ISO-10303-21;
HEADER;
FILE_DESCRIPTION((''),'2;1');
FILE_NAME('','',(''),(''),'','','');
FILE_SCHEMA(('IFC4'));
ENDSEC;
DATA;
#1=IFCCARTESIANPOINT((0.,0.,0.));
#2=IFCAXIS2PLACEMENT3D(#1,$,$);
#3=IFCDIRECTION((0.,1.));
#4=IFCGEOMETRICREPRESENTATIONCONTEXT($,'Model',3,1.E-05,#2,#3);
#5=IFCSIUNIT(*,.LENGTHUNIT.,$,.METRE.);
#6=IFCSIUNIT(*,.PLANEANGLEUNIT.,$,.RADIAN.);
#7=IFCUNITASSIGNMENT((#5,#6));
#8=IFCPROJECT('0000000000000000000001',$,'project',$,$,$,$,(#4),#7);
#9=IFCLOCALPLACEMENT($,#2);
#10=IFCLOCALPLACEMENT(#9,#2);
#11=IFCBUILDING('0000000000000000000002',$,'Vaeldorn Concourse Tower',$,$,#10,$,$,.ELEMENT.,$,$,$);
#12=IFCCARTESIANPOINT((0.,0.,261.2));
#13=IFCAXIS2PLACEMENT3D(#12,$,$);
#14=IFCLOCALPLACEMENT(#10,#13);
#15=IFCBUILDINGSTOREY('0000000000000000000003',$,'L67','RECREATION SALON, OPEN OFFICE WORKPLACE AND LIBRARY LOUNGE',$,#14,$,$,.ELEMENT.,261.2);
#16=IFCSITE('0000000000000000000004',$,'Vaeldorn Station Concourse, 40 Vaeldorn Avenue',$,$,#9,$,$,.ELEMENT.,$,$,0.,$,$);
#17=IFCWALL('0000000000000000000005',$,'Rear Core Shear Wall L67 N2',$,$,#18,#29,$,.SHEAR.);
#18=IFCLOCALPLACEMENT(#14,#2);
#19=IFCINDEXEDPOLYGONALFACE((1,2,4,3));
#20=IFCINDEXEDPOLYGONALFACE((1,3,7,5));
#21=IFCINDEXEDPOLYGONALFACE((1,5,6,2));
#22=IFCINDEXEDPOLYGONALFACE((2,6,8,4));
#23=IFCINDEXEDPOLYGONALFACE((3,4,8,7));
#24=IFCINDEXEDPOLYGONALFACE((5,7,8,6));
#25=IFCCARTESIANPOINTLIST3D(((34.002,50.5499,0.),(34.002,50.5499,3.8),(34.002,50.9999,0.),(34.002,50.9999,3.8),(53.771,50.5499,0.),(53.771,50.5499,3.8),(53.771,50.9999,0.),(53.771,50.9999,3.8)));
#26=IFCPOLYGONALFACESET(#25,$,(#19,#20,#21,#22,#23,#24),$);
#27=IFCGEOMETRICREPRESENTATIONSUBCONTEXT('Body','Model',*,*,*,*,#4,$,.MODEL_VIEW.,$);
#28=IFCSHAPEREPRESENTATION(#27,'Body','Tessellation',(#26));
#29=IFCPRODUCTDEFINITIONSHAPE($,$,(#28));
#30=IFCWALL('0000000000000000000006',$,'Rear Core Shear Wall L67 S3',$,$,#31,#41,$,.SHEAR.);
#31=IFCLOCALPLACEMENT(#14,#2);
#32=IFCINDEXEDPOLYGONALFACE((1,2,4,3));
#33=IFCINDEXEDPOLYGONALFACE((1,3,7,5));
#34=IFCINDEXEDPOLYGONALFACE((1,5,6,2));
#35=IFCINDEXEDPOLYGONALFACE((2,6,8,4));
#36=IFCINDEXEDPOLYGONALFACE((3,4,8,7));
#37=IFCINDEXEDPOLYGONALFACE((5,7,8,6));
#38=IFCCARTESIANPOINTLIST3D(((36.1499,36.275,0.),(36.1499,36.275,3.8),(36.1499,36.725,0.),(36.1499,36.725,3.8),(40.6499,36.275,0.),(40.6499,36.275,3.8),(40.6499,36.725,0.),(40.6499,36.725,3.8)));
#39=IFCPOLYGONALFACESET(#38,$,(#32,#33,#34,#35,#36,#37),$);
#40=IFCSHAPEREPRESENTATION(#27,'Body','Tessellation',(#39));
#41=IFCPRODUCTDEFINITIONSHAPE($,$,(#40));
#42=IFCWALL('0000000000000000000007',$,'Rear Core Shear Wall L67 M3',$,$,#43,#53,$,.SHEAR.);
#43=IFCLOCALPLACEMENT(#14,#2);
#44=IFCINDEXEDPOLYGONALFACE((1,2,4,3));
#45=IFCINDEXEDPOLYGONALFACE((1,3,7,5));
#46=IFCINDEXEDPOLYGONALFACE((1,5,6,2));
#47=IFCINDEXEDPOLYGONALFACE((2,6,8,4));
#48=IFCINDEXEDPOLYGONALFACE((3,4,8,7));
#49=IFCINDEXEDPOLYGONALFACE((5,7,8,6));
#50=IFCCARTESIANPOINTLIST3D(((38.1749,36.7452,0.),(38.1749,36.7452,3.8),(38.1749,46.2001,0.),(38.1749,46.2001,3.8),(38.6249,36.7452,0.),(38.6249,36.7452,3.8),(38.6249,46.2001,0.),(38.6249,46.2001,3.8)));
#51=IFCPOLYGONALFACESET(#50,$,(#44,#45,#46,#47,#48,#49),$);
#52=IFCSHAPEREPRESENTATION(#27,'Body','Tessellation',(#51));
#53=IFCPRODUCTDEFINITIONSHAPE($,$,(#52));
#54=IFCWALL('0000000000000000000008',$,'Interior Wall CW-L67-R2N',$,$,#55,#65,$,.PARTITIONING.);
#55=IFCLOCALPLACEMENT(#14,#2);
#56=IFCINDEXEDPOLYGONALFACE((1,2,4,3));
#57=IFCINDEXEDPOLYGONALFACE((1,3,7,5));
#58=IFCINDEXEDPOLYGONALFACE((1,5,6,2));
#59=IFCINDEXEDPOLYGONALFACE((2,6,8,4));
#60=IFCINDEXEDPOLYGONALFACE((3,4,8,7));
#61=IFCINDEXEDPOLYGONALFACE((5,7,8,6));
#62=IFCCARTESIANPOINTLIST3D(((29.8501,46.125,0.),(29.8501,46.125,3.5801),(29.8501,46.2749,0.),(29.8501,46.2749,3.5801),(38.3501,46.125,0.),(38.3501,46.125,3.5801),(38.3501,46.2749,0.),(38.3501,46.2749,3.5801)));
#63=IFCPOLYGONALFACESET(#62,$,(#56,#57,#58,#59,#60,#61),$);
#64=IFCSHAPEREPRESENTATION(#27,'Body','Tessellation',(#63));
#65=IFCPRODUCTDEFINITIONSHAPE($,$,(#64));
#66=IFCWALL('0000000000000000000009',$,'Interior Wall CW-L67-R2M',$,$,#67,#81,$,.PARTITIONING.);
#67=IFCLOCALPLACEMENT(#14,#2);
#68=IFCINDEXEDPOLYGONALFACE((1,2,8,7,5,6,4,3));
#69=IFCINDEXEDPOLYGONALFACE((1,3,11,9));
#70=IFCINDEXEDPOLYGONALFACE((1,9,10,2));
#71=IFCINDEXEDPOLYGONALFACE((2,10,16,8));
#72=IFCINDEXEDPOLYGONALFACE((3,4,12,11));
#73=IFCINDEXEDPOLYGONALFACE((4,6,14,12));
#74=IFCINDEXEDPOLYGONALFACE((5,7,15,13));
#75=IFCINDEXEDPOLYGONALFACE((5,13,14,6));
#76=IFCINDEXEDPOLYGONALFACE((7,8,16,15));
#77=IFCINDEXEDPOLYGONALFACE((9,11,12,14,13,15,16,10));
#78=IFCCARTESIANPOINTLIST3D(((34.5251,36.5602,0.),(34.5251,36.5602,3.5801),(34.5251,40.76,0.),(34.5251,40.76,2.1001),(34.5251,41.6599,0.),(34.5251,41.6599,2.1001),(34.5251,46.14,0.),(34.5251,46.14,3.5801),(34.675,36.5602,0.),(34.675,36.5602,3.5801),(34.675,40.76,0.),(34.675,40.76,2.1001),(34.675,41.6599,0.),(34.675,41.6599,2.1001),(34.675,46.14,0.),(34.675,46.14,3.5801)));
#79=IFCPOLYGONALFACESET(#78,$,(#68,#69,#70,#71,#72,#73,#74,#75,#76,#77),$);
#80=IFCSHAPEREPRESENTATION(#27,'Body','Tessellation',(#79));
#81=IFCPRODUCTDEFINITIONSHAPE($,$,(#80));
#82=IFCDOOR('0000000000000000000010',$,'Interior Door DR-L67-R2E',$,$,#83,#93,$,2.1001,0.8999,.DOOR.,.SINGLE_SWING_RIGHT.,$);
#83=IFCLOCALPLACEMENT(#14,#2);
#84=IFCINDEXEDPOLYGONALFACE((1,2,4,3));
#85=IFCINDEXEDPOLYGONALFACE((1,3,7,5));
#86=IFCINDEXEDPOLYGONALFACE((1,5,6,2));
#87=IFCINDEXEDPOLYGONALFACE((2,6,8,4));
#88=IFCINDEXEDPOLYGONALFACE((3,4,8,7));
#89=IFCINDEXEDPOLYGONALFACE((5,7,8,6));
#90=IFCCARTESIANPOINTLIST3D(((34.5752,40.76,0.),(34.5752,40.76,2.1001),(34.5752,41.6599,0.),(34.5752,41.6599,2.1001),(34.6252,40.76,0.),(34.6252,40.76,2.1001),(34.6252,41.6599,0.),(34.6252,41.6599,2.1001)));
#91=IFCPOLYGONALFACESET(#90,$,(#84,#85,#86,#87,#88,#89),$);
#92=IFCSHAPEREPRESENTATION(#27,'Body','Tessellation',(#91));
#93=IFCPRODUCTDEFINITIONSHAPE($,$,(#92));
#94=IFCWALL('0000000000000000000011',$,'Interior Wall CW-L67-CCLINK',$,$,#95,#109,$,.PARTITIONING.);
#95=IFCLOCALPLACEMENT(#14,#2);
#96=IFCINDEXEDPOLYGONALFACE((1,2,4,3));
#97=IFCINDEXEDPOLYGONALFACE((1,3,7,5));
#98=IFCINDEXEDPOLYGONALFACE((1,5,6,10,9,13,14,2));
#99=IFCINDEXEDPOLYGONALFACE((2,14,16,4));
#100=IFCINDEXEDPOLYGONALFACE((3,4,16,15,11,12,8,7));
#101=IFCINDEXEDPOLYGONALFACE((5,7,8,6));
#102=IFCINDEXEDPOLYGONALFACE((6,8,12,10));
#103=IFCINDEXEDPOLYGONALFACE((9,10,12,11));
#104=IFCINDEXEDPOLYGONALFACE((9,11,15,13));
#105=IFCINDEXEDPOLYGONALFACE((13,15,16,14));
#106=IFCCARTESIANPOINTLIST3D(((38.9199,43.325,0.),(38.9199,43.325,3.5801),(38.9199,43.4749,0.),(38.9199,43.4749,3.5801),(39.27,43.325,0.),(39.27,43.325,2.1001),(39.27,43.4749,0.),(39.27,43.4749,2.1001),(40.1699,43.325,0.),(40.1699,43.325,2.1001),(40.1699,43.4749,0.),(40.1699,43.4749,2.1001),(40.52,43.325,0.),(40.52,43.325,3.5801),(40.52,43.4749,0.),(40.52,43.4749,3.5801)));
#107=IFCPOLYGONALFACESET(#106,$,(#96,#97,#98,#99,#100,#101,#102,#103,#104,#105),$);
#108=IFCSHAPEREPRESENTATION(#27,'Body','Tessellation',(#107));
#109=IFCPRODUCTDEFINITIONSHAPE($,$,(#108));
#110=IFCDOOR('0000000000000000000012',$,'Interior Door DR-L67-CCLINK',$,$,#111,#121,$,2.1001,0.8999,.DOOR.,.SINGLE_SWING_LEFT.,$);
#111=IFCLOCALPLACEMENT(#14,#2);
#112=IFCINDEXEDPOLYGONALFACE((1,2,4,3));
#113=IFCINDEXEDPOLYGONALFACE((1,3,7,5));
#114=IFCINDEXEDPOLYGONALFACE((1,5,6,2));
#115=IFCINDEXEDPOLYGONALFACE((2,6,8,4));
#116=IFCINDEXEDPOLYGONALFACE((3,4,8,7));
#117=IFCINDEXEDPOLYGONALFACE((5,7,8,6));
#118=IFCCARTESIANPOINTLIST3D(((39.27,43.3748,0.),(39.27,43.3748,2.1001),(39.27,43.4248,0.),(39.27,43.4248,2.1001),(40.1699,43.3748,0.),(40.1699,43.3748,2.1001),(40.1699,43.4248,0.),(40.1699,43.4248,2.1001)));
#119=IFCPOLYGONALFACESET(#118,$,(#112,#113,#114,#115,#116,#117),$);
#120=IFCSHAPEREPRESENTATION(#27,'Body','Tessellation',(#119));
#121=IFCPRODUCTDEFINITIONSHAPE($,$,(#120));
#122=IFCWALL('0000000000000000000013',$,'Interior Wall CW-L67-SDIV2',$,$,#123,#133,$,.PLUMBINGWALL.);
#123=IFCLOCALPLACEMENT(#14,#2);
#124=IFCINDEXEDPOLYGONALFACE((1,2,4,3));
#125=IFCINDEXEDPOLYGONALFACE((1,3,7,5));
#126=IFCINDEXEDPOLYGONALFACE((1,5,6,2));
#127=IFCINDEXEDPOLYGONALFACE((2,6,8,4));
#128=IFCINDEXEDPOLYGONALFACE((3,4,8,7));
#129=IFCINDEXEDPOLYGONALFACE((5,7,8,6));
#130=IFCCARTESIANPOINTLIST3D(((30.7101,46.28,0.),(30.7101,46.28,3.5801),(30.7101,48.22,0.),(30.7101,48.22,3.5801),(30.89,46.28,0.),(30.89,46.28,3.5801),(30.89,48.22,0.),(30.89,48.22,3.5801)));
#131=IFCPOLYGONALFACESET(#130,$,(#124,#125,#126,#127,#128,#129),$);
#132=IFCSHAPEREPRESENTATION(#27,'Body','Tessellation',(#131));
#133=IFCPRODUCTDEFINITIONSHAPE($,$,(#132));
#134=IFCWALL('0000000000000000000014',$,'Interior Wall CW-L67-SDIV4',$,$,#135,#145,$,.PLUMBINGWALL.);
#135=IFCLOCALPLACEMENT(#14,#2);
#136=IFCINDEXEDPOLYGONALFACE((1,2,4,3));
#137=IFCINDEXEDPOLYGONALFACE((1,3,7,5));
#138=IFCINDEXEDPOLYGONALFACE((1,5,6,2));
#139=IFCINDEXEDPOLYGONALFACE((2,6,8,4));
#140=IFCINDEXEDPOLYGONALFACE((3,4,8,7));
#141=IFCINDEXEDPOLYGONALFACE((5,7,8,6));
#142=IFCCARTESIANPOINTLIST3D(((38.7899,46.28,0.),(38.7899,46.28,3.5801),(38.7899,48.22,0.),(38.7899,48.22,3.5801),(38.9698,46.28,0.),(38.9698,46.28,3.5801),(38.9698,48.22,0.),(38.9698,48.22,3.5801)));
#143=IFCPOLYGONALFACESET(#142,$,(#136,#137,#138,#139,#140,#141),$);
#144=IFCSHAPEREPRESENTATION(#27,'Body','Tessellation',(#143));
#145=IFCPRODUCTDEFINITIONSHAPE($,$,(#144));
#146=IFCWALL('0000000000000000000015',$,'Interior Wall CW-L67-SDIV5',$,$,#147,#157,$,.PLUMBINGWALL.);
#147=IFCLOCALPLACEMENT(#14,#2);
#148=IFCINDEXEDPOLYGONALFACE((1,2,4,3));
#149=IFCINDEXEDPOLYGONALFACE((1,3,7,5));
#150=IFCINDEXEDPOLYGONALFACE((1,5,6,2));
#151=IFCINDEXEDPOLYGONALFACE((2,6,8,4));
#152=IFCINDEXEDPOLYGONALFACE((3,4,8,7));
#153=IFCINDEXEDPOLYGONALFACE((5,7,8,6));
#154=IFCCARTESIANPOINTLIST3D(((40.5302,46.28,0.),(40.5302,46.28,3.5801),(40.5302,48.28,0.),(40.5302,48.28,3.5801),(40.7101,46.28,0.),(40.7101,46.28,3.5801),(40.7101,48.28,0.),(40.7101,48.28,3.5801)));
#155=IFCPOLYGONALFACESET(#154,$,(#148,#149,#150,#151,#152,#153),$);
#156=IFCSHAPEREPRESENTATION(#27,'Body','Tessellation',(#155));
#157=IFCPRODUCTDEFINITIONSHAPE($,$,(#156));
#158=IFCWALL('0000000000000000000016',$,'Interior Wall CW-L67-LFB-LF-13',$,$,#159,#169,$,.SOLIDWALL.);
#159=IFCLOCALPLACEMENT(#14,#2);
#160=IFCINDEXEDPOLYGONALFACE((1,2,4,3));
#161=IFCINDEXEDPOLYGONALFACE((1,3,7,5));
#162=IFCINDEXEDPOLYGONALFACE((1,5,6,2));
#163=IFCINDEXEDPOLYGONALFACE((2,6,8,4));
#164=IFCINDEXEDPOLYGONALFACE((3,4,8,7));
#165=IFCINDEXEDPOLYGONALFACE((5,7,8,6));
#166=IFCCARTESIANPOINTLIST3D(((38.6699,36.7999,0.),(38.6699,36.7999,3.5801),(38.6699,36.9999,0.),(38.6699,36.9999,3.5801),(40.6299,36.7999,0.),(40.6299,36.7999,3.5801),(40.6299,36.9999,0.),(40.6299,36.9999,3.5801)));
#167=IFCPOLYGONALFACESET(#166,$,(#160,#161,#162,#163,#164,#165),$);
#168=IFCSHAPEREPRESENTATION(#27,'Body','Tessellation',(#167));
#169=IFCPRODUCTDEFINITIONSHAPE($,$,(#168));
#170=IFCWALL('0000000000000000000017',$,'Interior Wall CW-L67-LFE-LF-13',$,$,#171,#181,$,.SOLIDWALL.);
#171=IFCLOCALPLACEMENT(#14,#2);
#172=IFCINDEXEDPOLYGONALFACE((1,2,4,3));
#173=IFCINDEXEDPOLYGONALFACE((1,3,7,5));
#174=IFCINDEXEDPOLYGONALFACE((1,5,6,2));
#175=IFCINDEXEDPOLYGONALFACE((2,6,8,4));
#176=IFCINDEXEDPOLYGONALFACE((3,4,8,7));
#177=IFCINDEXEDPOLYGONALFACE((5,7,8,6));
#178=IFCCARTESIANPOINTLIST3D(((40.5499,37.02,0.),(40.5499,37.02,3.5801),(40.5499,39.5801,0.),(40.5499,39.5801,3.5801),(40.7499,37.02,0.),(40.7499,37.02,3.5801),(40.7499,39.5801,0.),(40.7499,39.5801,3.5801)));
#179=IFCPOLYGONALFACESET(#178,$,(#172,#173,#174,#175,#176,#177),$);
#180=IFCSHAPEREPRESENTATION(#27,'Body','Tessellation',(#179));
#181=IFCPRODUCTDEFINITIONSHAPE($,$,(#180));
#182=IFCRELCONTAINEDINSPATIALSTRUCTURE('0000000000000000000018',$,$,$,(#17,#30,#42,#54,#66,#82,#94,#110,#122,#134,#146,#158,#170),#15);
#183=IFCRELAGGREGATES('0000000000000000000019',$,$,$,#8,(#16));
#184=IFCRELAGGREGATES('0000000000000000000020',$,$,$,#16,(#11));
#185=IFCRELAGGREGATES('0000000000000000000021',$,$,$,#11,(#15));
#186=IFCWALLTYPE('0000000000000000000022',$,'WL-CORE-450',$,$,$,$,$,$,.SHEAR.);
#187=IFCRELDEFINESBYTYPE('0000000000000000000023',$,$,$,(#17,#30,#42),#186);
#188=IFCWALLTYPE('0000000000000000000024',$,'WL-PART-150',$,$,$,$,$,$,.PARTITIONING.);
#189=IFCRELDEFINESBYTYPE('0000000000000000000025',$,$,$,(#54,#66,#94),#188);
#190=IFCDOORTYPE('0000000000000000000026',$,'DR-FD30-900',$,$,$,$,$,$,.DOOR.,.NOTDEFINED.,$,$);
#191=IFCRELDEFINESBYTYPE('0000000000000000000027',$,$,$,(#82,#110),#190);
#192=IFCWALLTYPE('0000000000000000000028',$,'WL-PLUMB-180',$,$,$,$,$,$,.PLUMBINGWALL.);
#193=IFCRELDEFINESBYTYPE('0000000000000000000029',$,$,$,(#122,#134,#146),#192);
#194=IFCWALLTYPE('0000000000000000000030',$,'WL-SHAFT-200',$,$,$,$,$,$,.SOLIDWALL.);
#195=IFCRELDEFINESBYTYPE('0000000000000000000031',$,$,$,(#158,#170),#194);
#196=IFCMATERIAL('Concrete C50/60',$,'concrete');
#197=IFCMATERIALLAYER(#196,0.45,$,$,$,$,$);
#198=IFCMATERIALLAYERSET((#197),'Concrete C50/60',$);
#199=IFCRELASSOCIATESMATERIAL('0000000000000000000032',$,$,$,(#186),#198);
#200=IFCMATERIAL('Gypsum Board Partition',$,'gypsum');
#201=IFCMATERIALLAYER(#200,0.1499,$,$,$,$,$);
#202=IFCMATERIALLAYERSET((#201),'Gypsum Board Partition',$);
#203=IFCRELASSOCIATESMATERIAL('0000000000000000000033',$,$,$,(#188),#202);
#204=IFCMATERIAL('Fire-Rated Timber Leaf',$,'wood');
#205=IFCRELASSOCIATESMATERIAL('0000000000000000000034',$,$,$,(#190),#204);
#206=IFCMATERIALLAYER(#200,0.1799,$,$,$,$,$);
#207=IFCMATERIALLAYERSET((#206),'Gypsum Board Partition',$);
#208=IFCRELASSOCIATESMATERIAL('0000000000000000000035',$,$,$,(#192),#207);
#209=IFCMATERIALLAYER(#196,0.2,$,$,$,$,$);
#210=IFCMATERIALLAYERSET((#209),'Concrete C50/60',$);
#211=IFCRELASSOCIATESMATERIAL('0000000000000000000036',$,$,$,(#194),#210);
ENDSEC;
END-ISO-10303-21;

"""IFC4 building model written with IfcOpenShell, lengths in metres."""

from ifc_helpers import new_model, si_unit, direction, frame, frame_2d, origin, place, context, subcontext, project, spatial, rectangle, extrude, source, transform, mapped, material, layer, layer_set, type_object, element, fill, save


model = new_model("IFC4")

# Units and contexts
model_context = context("Model", 3, precision=1e-05, world=origin(), true_north=direction((0.0, 1.0)))
body_context = subcontext(model_context, "Body", "Model", "MODEL_VIEW")
ifc_project = project(units=[si_unit("LENGTHUNIT", "METRE"), si_unit("PLANEANGLEUNIT", "RADIAN")], contexts=[model_context])

# Site, building, storey
site_placement = place(None, origin())
site = spatial("IfcSite", under=ifc_project, at=site_placement, Name="Vaeldorn Station Concourse, 40 Vaeldorn Avenue", CompositionType="ELEMENT", RefElevation=0.0)
building_placement = place(site_placement, origin())
building = spatial("IfcBuilding", under=site, at=building_placement, Name="Vaeldorn Concourse Tower", CompositionType="ELEMENT")
storey_placement = place(building_placement, frame((0.0, 0.0, 261.2)))
storey = spatial("IfcBuildingStorey", under=building, at=storey_placement, Name="L67", Description="RECREATION SALON, OPEN OFFICE WORKPLACE AND LIBRARY LOUNGE", CompositionType="ELEMENT", Elevation=261.2)

# Walls
ifc_material_1 = material(Name="Concrete C50/60", Category="concrete")
ifc_layer_1 = layer(ifc_material_1, 0.45)
ifc_layer_set_1 = layer_set([ifc_layer_1], Name="Concrete C50/60")
wall_type_1 = type_object("IfcWallType", Name="WL-CORE-450", PredefinedType="SHEAR", material=ifc_layer_set_1)
wall_1_placement = place(storey_placement, frame((34.002, 50.7749, 0.0), z_axis=(0.0, 0.0, 1.0), x_axis=(1.0, 0.0, 0.0)))
element("IfcWall", 1, at=wall_1_placement, inside=storey, type_object=wall_type_1, Name="Rear Core Shear Wall L67 N2", PredefinedType="SHEAR", context=body_context, shape_type="SweptSolid", body=[
    extrude(rectangle(XDim=19.769, YDim=0.45, at=frame_2d((9.8845, 0.0))), origin(), (0.0, 0.0, 1.0), 3.8),
])
wall_2_placement = place(storey_placement, frame((36.1499, 36.5, 0.0), z_axis=(0.0, 0.0, 1.0), x_axis=(1.0, 0.0, 0.0)))
element("IfcWall", 2, at=wall_2_placement, inside=storey, type_object=wall_type_1, Name="Rear Core Shear Wall L67 S3", PredefinedType="SHEAR", context=body_context, shape_type="SweptSolid", body=[
    extrude(rectangle(XDim=4.5, YDim=0.45, at=frame_2d((2.25, 0.0))), origin(), (0.0, 0.0, 1.0), 3.8),
])
wall_3_placement = place(storey_placement, frame((38.3999, 36.7451, 0.0), z_axis=(0.0, 0.0, 1.0), x_axis=(0.0, 1.0, 0.0)))
element("IfcWall", 3, at=wall_3_placement, inside=storey, type_object=wall_type_1, Name="Rear Core Shear Wall L67 M3", PredefinedType="SHEAR", context=body_context, shape_type="SweptSolid", body=[
    extrude(rectangle(XDim=9.4548, YDim=0.45, at=frame_2d((4.7275, 0.0))), origin(), (0.0, 0.0, 1.0), 3.8),
])
ifc_material_2 = material(Name="Gypsum Board Partition", Category="gypsum")
ifc_layer_2 = layer(ifc_material_2, 0.1499)
ifc_layer_set_2 = layer_set([ifc_layer_2], Name="Gypsum Board Partition")
wall_type_2 = type_object("IfcWallType", Name="WL-PART-150", PredefinedType="PARTITIONING", material=ifc_layer_set_2)
wall_4_placement = place(storey_placement, frame((29.8501, 46.2, 0.0), z_axis=(0.0, 0.0, 1.0), x_axis=(1.0, 0.0, 0.0)))
element("IfcWall", 4, at=wall_4_placement, inside=storey, type_object=wall_type_2, Name="Interior Wall CW-L67-R2N", PredefinedType="PARTITIONING", context=body_context, shape_type="SweptSolid", body=[
    extrude(rectangle(XDim=8.5, YDim=0.1499, at=frame_2d((4.25, 0.0))), origin(), (0.0, 0.0, 1.0), 3.5801),
])

# Walls, openings, doors
wall_5_placement = place(storey_placement, frame((34.6001, 36.5601, 0.0), z_axis=(0.0, 0.0, 1.0), x_axis=(0.0, 1.0, 0.0)))
wall_5 = element("IfcWall", 5, at=wall_5_placement, inside=storey, type_object=wall_type_2, Name="Interior Wall CW-L67-R2M", PredefinedType="PARTITIONING", context=body_context, shape_type="SweptSolid", body=[
    extrude(rectangle(XDim=9.5798, YDim=0.1499, at=frame_2d((4.79, 0.0))), origin(), (0.0, 0.0, 1.0), 3.5801),
])
opening_1_placement = place(wall_5_placement, frame((4.2, 0.0, 0.0)))
opening_1 = element("IfcOpeningElement", 6, at=opening_1_placement, cuts=wall_5, PredefinedType="OPENING", context=body_context, shape_type="SweptSolid", body=[
    extrude(rectangle(XDim=0.8999, YDim=2.1001, at=frame_2d((0.45, 1.05))), frame((0.0, 0.085, 0.0), z_axis=(0.0, -1.0, 0.0), x_axis=(1.0, 0.0, 0.0)), (0.0, 0.0, 1.0), 0.1699),
])
ifc_material_3 = material(Name="Fire-Rated Timber Leaf", Category="wood")
door_type_1 = type_object("IfcDoorType", Name="DR-FD30-900", OperationType="NOTDEFINED", PredefinedType="DOOR", material=ifc_material_3)
shared_shape_1 = source(origin(), body_context, "Body", "SweptSolid", [
    extrude(rectangle(XDim=0.8999, YDim=2.1001, at=frame_2d((0.45, 1.05))), frame((0.0, 0.0249, 0.0), z_axis=(0.0, -1.0, 0.0), x_axis=(1.0, 0.0, 0.0)), (0.0, 0.0, 1.0), 0.05),
])
door_1_placement = place(opening_1_placement, origin())
door_1 = element("IfcDoor", 7, at=door_1_placement, inside=storey, type_object=door_type_1, Name="Interior Door DR-L67-R2E", OperationType="SINGLE_SWING_RIGHT", OverallHeight=2.1001, OverallWidth=0.8999, PredefinedType="DOOR", context=body_context, shape_type="MappedRepresentation", body=[
    mapped(shared_shape_1, transform((0.0, 0.0, 0.0), scale=1.0)),
])
fill(opening_1, door_1)
wall_6_placement = place(storey_placement, frame((38.9199, 43.3999, 0.0), z_axis=(0.0, 0.0, 1.0), x_axis=(1.0, 0.0, 0.0)))
wall_6 = element("IfcWall", 8, at=wall_6_placement, inside=storey, type_object=wall_type_2, Name="Interior Wall CW-L67-CCLINK", PredefinedType="PARTITIONING", context=body_context, shape_type="SweptSolid", body=[
    extrude(rectangle(XDim=1.6001, YDim=0.1499, at=frame_2d((0.8, 0.0))), origin(), (0.0, 0.0, 1.0), 3.5801),
])
opening_2_placement = place(wall_6_placement, frame((0.3501, 0.0, 0.0)))
opening_2 = element("IfcOpeningElement", 9, at=opening_2_placement, cuts=wall_6, PredefinedType="OPENING", context=body_context, shape_type="SweptSolid", body=[
    extrude(rectangle(XDim=0.8999, YDim=2.1001, at=frame_2d((0.45, 1.05))), frame((0.0, 0.085, 0.0), z_axis=(0.0, -1.0, 0.0), x_axis=(1.0, 0.0, 0.0)), (0.0, 0.0, 1.0), 0.1699),
])
door_2_placement = place(opening_2_placement, origin())
door_2 = element("IfcDoor", 10, at=door_2_placement, inside=storey, type_object=door_type_1, Name="Interior Door DR-L67-CCLINK", OperationType="SINGLE_SWING_LEFT", OverallHeight=2.1001, OverallWidth=0.8999, PredefinedType="DOOR", context=body_context, shape_type="MappedRepresentation", body=[
    mapped(shared_shape_1, transform((0.0, 0.0, 0.0), scale=1.0)),
])
fill(opening_2, door_2)

# Walls
ifc_layer_3 = layer(ifc_material_2, 0.1799)
ifc_layer_set_3 = layer_set([ifc_layer_3], Name="Gypsum Board Partition")
wall_type_3 = type_object("IfcWallType", Name="WL-PLUMB-180", PredefinedType="PLUMBINGWALL", material=ifc_layer_set_3)
for number, where, z_axis, x_axis, name in (
    (11, (30.8, 46.28, 0.0), (0.0, 0.0, 1.0), (0.0, 1.0, 0.0), "Interior Wall CW-L67-SDIV2"),
    (12, (38.8799, 46.28, 0.0), (0.0, 0.0, 1.0), (0.0, 1.0, 0.0), "Interior Wall CW-L67-SDIV4"),
):
    element("IfcWall", number, at=place(storey_placement, frame(where, z_axis=z_axis, x_axis=x_axis)), inside=storey, type_object=wall_type_3, Name=name, PredefinedType="PLUMBINGWALL", context=body_context, shape_type="SweptSolid", body=[
        extrude(rectangle(XDim=1.9399, YDim=0.1799, at=frame_2d((0.97, 0.0))), origin(), (0.0, 0.0, 1.0), 3.5801),
    ])
wall_7_placement = place(storey_placement, frame((40.6201, 46.28, 0.0), z_axis=(0.0, 0.0, 1.0), x_axis=(0.0, 1.0, 0.0)))
element("IfcWall", 13, at=wall_7_placement, inside=storey, type_object=wall_type_3, Name="Interior Wall CW-L67-SDIV5", PredefinedType="PLUMBINGWALL", context=body_context, shape_type="SweptSolid", body=[
    extrude(rectangle(XDim=2.0, YDim=0.1799, at=frame_2d((1.0, 0.0))), origin(), (0.0, 0.0, 1.0), 3.5801),
])

# Shared definitions
ifc_layer_4 = layer(ifc_material_1, 0.2)
ifc_layer_set_4 = layer_set([ifc_layer_4], Name="Concrete C50/60")
wall_type_4 = type_object("IfcWallType", Name="WL-SHAFT-200", PredefinedType="SOLIDWALL", material=ifc_layer_set_4)

# Walls
wall_8_placement = place(storey_placement, frame((38.6699, 36.8999, 0.0), z_axis=(0.0, 0.0, 1.0), x_axis=(1.0, 0.0, 0.0)))
element("IfcWall", 14, at=wall_8_placement, inside=storey, type_object=wall_type_4, Name="Interior Wall CW-L67-LFB-LF-13", PredefinedType="SOLIDWALL", context=body_context, shape_type="SweptSolid", body=[
    extrude(rectangle(XDim=1.96, YDim=0.2, at=frame_2d((0.98, 0.0))), origin(), (0.0, 0.0, 1.0), 3.5801),
])
wall_9_placement = place(storey_placement, frame((40.6499, 37.02, 0.0), z_axis=(0.0, 0.0, 1.0), x_axis=(0.0, 1.0, 0.0)))
element("IfcWall", 15, at=wall_9_placement, inside=storey, type_object=wall_type_4, Name="Interior Wall CW-L67-LFE-LF-13", PredefinedType="SOLIDWALL", context=body_context, shape_type="SweptSolid", body=[
    extrude(rectangle(XDim=2.5601, YDim=0.2, at=frame_2d((1.28, 0.0))), origin(), (0.0, 0.0, 1.0), 3.5801),
])

save(model, "model.ifc")
